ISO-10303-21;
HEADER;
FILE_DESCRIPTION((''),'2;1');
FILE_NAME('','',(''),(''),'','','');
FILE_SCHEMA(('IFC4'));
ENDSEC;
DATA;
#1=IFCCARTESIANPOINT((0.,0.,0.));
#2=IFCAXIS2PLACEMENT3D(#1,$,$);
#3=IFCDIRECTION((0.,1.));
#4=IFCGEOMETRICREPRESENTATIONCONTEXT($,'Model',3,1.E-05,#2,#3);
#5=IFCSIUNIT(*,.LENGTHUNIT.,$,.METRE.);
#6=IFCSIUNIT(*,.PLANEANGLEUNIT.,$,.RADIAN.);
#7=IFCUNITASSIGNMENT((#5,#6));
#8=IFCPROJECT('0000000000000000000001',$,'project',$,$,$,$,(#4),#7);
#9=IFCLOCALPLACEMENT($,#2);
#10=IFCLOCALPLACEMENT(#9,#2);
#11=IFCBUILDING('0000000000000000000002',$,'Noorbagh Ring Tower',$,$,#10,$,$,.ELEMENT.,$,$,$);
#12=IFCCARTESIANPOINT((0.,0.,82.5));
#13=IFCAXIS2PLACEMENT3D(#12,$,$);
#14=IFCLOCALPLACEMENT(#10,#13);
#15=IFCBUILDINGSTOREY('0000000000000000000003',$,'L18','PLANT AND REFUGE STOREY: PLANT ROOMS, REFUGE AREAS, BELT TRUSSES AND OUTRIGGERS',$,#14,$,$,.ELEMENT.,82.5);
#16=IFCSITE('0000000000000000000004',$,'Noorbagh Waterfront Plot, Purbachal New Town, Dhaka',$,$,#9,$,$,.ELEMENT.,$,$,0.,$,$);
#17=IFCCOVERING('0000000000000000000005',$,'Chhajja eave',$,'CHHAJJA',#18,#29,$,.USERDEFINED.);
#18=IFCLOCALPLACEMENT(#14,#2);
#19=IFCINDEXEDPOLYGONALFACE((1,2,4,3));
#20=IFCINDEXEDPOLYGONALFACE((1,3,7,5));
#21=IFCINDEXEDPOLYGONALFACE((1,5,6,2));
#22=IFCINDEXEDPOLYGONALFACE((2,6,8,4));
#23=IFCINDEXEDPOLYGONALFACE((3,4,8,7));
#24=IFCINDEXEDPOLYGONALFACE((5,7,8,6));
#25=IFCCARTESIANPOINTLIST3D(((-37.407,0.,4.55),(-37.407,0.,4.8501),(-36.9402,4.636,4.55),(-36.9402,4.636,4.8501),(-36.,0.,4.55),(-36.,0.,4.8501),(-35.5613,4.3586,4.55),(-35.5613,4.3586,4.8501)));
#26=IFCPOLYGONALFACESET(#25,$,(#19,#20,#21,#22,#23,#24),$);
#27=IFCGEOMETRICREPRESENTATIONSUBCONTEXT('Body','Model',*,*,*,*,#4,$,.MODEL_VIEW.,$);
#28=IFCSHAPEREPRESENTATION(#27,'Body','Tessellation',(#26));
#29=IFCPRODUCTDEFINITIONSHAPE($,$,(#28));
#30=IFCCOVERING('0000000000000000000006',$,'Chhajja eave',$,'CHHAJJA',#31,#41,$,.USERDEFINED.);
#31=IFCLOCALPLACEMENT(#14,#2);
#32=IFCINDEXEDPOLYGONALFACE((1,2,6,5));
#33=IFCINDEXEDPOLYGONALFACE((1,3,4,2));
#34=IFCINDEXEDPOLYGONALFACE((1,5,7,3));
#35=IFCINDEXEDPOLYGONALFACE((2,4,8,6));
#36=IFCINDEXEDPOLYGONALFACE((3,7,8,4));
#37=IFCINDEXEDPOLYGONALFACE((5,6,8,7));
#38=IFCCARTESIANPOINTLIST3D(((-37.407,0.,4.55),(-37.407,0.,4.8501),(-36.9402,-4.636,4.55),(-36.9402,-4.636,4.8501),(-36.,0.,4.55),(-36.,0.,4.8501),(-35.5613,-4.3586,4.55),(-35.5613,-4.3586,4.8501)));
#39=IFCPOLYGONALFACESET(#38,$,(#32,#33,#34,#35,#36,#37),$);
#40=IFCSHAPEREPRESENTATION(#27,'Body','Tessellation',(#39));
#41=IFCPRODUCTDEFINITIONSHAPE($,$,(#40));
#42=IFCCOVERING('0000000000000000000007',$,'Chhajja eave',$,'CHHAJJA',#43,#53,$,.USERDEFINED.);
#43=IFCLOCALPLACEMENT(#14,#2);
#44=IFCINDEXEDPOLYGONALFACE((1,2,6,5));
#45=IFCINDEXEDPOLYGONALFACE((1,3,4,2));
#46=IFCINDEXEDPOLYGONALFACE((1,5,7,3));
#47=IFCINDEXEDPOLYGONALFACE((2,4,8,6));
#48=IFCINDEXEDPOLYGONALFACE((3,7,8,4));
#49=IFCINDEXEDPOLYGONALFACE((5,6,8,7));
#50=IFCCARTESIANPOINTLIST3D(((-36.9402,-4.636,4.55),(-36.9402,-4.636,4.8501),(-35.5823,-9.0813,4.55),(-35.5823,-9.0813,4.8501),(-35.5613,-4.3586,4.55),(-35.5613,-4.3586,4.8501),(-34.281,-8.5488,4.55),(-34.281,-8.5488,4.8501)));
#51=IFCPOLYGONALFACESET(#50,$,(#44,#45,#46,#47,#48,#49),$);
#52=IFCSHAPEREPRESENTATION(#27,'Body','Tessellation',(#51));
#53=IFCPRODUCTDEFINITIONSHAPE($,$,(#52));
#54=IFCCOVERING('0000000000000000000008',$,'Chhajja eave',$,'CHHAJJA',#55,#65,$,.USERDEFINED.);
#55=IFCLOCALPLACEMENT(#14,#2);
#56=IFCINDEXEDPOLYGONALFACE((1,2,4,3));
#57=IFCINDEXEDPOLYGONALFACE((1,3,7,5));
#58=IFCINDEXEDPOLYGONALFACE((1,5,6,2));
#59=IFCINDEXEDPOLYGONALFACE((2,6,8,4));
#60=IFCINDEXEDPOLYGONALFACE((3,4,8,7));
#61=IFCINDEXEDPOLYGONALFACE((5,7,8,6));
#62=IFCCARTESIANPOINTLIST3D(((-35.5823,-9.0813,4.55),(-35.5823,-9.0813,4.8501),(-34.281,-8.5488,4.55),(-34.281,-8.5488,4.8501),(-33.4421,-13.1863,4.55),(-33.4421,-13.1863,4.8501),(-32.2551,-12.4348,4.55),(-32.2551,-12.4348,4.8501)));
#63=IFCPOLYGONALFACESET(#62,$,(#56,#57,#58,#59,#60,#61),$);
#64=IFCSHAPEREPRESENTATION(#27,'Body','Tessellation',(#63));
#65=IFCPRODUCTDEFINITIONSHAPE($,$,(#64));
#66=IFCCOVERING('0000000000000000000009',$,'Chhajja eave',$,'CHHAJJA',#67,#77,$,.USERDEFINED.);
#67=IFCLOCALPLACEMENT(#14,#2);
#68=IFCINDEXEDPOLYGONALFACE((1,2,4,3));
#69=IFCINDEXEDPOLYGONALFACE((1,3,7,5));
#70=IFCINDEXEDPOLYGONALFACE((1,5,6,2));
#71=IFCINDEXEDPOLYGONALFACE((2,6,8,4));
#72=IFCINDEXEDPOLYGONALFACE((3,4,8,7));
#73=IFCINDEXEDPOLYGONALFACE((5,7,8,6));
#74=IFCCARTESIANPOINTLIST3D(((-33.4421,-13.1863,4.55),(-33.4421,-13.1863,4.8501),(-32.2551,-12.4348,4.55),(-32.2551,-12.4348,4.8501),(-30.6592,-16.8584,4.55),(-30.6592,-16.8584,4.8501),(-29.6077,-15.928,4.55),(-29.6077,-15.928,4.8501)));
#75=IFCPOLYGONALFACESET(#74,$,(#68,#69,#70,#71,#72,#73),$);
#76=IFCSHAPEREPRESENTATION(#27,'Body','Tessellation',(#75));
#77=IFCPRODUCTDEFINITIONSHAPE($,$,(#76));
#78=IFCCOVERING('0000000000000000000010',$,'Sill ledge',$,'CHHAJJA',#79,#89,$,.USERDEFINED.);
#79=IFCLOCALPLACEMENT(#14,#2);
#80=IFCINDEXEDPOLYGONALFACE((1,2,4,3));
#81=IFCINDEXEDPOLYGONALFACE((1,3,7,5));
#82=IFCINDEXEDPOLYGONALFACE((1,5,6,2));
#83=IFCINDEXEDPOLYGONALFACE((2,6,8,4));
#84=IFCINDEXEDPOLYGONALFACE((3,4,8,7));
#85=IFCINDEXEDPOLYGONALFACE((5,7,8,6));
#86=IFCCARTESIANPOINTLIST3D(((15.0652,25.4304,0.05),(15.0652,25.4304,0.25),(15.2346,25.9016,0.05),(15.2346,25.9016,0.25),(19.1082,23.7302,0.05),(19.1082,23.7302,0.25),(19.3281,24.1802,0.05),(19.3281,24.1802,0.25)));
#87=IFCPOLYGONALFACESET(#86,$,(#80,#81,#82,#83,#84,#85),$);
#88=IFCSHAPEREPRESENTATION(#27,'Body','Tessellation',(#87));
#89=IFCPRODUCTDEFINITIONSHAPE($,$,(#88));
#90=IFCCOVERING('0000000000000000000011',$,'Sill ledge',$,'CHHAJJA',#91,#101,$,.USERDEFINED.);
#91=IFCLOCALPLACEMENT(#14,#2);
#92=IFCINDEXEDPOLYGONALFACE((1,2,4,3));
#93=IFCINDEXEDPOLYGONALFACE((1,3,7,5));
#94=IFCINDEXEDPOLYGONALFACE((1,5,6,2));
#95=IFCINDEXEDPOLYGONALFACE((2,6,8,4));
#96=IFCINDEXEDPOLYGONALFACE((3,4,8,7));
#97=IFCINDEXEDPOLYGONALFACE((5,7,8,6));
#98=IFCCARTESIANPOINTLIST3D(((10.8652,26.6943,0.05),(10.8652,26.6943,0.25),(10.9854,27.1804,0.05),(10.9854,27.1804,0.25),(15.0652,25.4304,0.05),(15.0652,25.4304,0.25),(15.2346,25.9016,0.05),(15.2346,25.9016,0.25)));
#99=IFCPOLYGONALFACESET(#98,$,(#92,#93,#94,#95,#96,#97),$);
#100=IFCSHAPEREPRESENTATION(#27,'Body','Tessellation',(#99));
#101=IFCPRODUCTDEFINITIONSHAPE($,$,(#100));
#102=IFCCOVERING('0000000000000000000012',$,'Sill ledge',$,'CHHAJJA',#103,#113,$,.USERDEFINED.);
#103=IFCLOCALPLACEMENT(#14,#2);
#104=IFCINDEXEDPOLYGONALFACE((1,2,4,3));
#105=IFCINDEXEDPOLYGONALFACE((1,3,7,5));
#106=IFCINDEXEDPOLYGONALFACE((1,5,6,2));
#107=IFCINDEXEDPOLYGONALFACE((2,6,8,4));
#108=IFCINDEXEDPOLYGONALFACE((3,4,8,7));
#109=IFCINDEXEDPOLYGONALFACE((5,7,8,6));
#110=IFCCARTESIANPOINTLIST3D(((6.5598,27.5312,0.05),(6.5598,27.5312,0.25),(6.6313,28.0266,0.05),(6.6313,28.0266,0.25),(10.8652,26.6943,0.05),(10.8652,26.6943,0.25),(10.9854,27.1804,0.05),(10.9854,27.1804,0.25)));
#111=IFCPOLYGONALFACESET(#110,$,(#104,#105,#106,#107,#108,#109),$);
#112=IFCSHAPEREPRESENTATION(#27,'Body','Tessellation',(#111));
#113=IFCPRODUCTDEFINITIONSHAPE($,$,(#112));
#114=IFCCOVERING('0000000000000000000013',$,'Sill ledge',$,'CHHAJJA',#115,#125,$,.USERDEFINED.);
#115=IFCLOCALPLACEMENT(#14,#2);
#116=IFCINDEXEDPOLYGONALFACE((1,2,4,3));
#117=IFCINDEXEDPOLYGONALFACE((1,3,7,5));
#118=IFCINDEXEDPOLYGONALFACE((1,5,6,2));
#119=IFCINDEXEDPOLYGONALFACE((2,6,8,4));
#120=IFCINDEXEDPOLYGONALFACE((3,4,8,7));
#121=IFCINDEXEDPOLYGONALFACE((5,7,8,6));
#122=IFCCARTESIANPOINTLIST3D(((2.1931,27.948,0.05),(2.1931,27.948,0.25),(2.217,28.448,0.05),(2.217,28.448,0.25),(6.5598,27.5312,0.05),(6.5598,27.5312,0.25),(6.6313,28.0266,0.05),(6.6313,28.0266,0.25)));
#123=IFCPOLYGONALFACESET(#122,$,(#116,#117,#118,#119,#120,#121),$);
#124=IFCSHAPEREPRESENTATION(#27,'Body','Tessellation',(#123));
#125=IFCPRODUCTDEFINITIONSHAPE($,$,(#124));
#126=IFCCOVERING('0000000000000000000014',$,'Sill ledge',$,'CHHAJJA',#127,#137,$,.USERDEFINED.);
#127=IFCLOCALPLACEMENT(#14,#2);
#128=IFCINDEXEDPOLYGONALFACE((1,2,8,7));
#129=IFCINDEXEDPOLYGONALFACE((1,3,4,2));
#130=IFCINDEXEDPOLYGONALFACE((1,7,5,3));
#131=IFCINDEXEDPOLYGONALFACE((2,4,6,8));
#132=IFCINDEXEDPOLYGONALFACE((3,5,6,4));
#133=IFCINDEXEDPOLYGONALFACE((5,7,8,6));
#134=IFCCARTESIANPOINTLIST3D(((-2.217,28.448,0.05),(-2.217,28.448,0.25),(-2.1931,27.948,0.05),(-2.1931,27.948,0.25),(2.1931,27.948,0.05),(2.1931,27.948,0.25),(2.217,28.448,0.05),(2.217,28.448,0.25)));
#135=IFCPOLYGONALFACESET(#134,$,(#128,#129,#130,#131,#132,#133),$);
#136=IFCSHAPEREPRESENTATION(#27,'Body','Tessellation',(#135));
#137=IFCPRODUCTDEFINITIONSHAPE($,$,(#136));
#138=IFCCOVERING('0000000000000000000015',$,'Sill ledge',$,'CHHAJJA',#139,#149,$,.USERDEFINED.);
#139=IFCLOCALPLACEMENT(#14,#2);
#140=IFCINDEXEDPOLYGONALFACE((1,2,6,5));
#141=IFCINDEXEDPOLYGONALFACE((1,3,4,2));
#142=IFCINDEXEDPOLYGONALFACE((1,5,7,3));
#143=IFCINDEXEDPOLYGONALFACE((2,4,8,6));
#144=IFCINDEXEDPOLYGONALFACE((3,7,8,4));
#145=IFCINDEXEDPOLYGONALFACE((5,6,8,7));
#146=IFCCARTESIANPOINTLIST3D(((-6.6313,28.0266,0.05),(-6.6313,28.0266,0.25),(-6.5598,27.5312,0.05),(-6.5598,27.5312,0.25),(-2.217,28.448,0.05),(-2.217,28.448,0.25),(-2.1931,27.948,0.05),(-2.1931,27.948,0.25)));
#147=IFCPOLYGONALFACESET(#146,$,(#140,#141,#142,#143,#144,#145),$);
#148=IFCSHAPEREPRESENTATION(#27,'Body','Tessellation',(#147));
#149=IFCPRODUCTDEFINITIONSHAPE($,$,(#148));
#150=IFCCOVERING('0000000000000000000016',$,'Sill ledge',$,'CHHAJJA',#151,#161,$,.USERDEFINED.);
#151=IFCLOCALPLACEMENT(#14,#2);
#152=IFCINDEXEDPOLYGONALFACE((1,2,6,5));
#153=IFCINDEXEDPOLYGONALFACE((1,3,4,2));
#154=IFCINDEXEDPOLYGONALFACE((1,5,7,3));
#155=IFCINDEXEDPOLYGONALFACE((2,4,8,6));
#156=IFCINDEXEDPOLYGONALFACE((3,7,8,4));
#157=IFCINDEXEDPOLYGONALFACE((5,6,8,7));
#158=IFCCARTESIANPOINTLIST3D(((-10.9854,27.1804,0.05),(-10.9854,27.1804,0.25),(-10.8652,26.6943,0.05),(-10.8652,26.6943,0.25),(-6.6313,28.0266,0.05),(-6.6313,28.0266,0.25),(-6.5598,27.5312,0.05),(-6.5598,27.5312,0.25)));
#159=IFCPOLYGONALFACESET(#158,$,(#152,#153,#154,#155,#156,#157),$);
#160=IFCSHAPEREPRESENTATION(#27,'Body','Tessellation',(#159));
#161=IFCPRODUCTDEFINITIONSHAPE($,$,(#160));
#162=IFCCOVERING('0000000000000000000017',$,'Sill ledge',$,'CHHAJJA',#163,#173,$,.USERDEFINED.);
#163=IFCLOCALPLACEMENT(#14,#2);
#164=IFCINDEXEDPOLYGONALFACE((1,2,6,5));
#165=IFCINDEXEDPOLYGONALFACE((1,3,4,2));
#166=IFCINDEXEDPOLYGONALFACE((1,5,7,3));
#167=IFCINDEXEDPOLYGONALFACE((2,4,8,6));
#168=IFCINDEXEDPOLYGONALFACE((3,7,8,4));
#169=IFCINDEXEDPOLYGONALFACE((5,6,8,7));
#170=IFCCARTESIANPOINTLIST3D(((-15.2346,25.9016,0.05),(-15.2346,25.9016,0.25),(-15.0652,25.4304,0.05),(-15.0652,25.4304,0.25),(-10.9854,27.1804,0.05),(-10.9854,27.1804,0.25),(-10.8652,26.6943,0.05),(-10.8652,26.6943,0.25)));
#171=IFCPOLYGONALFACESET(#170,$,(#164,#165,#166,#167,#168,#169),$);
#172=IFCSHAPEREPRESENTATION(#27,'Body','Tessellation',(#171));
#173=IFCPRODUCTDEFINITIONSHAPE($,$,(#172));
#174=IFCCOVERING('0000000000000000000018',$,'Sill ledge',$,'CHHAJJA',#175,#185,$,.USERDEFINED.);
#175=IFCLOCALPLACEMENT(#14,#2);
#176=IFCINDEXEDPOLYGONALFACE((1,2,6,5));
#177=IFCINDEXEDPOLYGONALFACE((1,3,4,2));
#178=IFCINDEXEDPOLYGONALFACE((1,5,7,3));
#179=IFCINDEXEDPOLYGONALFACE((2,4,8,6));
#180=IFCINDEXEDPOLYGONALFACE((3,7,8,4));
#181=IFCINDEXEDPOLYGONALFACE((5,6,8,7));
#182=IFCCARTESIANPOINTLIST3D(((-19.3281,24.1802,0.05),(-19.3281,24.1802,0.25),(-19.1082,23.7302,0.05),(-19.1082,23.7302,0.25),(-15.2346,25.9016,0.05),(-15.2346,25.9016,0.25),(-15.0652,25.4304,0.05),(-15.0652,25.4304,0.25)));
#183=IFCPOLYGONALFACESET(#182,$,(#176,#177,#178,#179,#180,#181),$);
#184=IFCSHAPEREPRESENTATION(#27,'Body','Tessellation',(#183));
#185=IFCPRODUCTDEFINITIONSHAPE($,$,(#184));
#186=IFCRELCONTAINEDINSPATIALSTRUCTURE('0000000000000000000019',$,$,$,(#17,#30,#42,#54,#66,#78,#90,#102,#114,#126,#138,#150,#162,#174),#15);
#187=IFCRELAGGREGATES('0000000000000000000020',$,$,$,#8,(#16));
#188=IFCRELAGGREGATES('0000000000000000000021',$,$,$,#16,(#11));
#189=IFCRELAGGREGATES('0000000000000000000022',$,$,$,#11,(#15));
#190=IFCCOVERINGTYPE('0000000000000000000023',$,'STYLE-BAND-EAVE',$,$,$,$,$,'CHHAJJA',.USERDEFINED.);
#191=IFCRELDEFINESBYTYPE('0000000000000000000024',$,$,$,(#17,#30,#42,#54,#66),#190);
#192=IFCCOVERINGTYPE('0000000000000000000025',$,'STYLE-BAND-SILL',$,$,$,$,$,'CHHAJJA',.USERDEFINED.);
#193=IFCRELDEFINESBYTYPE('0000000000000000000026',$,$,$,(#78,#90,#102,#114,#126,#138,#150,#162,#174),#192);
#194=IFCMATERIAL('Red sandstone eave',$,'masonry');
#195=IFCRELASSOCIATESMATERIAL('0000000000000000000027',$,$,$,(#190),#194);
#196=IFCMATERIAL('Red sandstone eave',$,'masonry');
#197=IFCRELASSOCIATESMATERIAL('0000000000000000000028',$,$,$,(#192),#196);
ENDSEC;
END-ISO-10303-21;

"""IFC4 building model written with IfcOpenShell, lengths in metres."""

from ifc_helpers import new_model, si_unit, direction, frame, origin, place, context, subcontext, project, spatial, polyline, outline, extrude, material, type_object, element, save


model = new_model("IFC4")

# Units and contexts
model_context = context("Model", 3, precision=1e-05, world=origin(), true_north=direction((0.0, 1.0)))
body_context = subcontext(model_context, "Body", "Model", "MODEL_VIEW")
ifc_project = project(units=[si_unit("LENGTHUNIT", "METRE"), si_unit("PLANEANGLEUNIT", "RADIAN")], contexts=[model_context])

# Site, building, storey
site_placement = place(None, origin())
site = spatial("IfcSite", under=ifc_project, at=site_placement, Name="Noorbagh Waterfront Plot, Purbachal New Town, Dhaka", CompositionType="ELEMENT", RefElevation=0.0)
building_placement = place(site_placement, origin())
building = spatial("IfcBuilding", under=site, at=building_placement, Name="Noorbagh Ring Tower", CompositionType="ELEMENT")
storey_placement = place(building_placement, frame((0.0, 0.0, 82.5)))
storey = spatial("IfcBuildingStorey", under=building, at=storey_placement, Name="L18", Description="PLANT AND REFUGE STOREY: PLANT ROOMS, REFUGE AREAS, BELT TRUSSES AND OUTRIGGERS", CompositionType="ELEMENT", Elevation=82.5)

# Coverings
ifc_material_1 = material(Name="Red sandstone eave", Category="masonry")
covering_type_1 = type_object("IfcCoveringType", Name="STYLE-BAND-EAVE", ElementType="CHHAJJA", PredefinedType="USERDEFINED", material=ifc_material_1)
covering_1_placement = place(storey_placement, frame((0.0, 0.0, 4.55)))
element("IfcCovering", 1, at=covering_1_placement, inside=storey, type_object=covering_type_1, Name="Chhajja eave", ObjectType="CHHAJJA", PredefinedType="USERDEFINED", context=body_context, shape_type="SweptSolid", body=[
    extrude(outline(polyline([(-35.5613, 4.3586), (-36.0, 0.0), (-37.407, 0.0), (-36.9402, 4.636), (-35.5613, 4.3586)])), origin(), (0.0, 0.0, 1.0), 0.3),
])
covering_2_placement = place(storey_placement, frame((0.0, 0.0, 4.55)))
element("IfcCovering", 2, at=covering_2_placement, inside=storey, type_object=covering_type_1, Name="Chhajja eave", ObjectType="CHHAJJA", PredefinedType="USERDEFINED", context=body_context, shape_type="SweptSolid", body=[
    extrude(outline(polyline([(-36.0, 0.0), (-35.5613, -4.3586), (-36.9402, -4.636), (-37.407, 0.0), (-36.0, 0.0)])), origin(), (0.0, 0.0, 1.0), 0.3),
])
covering_3_placement = place(storey_placement, frame((0.0, 0.0, 4.55)))
element("IfcCovering", 3, at=covering_3_placement, inside=storey, type_object=covering_type_1, Name="Chhajja eave", ObjectType="CHHAJJA", PredefinedType="USERDEFINED", context=body_context, shape_type="SweptSolid", body=[
    extrude(outline(polyline([(-35.5613, -4.3586), (-34.281, -8.5488), (-35.5823, -9.0813), (-36.9402, -4.636), (-35.5613, -4.3586)])), origin(), (0.0, 0.0, 1.0), 0.3),
])
covering_4_placement = place(storey_placement, frame((0.0, 0.0, 4.55)))
element("IfcCovering", 4, at=covering_4_placement, inside=storey, type_object=covering_type_1, Name="Chhajja eave", ObjectType="CHHAJJA", PredefinedType="USERDEFINED", context=body_context, shape_type="SweptSolid", body=[
    extrude(outline(polyline([(-34.281, -8.5488), (-32.2551, -12.4348), (-33.4421, -13.1863), (-35.5823, -9.0813), (-34.281, -8.5488)])), origin(), (0.0, 0.0, 1.0), 0.3),
])
covering_5_placement = place(storey_placement, frame((0.0, 0.0, 4.55)))
element("IfcCovering", 5, at=covering_5_placement, inside=storey, type_object=covering_type_1, Name="Chhajja eave", ObjectType="CHHAJJA", PredefinedType="USERDEFINED", context=body_context, shape_type="SweptSolid", body=[
    extrude(outline(polyline([(-32.2551, -12.4348), (-29.6077, -15.928), (-30.6592, -16.8584), (-33.4421, -13.1863), (-32.2551, -12.4348)])), origin(), (0.0, 0.0, 1.0), 0.3),
])
ifc_material_2 = material(Name="Red sandstone eave", Category="masonry")
covering_type_2 = type_object("IfcCoveringType", Name="STYLE-BAND-SILL", ElementType="CHHAJJA", PredefinedType="USERDEFINED", material=ifc_material_2)
covering_6_placement = place(storey_placement, frame((0.0, 0.0, 0.05)))
element("IfcCovering", 6, at=covering_6_placement, inside=storey, type_object=covering_type_2, Name="Sill ledge", ObjectType="CHHAJJA", PredefinedType="USERDEFINED", context=body_context, shape_type="SweptSolid", body=[
    extrude(outline(polyline([(19.1082, 23.7302), (15.0652, 25.4304), (15.2346, 25.9016), (19.3281, 24.1802), (19.1082, 23.7302)])), origin(), (0.0, 0.0, 1.0), 0.2),
])
covering_7_placement = place(storey_placement, frame((0.0, 0.0, 0.05)))
element("IfcCovering", 7, at=covering_7_placement, inside=storey, type_object=covering_type_2, Name="Sill ledge", ObjectType="CHHAJJA", PredefinedType="USERDEFINED", context=body_context, shape_type="SweptSolid", body=[
    extrude(outline(polyline([(15.0652, 25.4304), (10.8652, 26.6943), (10.9854, 27.1804), (15.2346, 25.9016), (15.0652, 25.4304)])), origin(), (0.0, 0.0, 1.0), 0.2),
])
covering_8_placement = place(storey_placement, frame((0.0, 0.0, 0.05)))
element("IfcCovering", 8, at=covering_8_placement, inside=storey, type_object=covering_type_2, Name="Sill ledge", ObjectType="CHHAJJA", PredefinedType="USERDEFINED", context=body_context, shape_type="SweptSolid", body=[
    extrude(outline(polyline([(10.8652, 26.6943), (6.5598, 27.5312), (6.6313, 28.0266), (10.9854, 27.1804), (10.8652, 26.6943)])), origin(), (0.0, 0.0, 1.0), 0.2),
])
covering_9_placement = place(storey_placement, frame((0.0, 0.0, 0.05)))
element("IfcCovering", 9, at=covering_9_placement, inside=storey, type_object=covering_type_2, Name="Sill ledge", ObjectType="CHHAJJA", PredefinedType="USERDEFINED", context=body_context, shape_type="SweptSolid", body=[
    extrude(outline(polyline([(6.5598, 27.5312), (2.1931, 27.948), (2.217, 28.448), (6.6313, 28.0266), (6.5598, 27.5312)])), origin(), (0.0, 0.0, 1.0), 0.2),
])
covering_10_placement = place(storey_placement, frame((0.0, 0.0, 0.05)))
element("IfcCovering", 10, at=covering_10_placement, inside=storey, type_object=covering_type_2, Name="Sill ledge", ObjectType="CHHAJJA", PredefinedType="USERDEFINED", context=body_context, shape_type="SweptSolid", body=[
    extrude(outline(polyline([(2.1931, 27.948), (-2.1931, 27.948), (-2.217, 28.448), (2.217, 28.448), (2.1931, 27.948)])), origin(), (0.0, 0.0, 1.0), 0.2),
])
covering_11_placement = place(storey_placement, frame((0.0, 0.0, 0.05)))
element("IfcCovering", 11, at=covering_11_placement, inside=storey, type_object=covering_type_2, Name="Sill ledge", ObjectType="CHHAJJA", PredefinedType="USERDEFINED", context=body_context, shape_type="SweptSolid", body=[
    extrude(outline(polyline([(-2.1931, 27.948), (-6.5598, 27.5312), (-6.6313, 28.0266), (-2.217, 28.448), (-2.1931, 27.948)])), origin(), (0.0, 0.0, 1.0), 0.2),
])
covering_12_placement = place(storey_placement, frame((0.0, 0.0, 0.05)))
element("IfcCovering", 12, at=covering_12_placement, inside=storey, type_object=covering_type_2, Name="Sill ledge", ObjectType="CHHAJJA", PredefinedType="USERDEFINED", context=body_context, shape_type="SweptSolid", body=[
    extrude(outline(polyline([(-6.5598, 27.5312), (-10.8652, 26.6943), (-10.9854, 27.1804), (-6.6313, 28.0266), (-6.5598, 27.5312)])), origin(), (0.0, 0.0, 1.0), 0.2),
])
covering_13_placement = place(storey_placement, frame((0.0, 0.0, 0.05)))
element("IfcCovering", 13, at=covering_13_placement, inside=storey, type_object=covering_type_2, Name="Sill ledge", ObjectType="CHHAJJA", PredefinedType="USERDEFINED", context=body_context, shape_type="SweptSolid", body=[
    extrude(outline(polyline([(-10.8652, 26.6943), (-15.0652, 25.4304), (-15.2346, 25.9016), (-10.9854, 27.1804), (-10.8652, 26.6943)])), origin(), (0.0, 0.0, 1.0), 0.2),
])
covering_14_placement = place(storey_placement, frame((0.0, 0.0, 0.05)))
element("IfcCovering", 14, at=covering_14_placement, inside=storey, type_object=covering_type_2, Name="Sill ledge", ObjectType="CHHAJJA", PredefinedType="USERDEFINED", context=body_context, shape_type="SweptSolid", body=[
    extrude(outline(polyline([(-15.0652, 25.4304), (-19.1082, 23.7302), (-19.3281, 24.1802), (-15.2346, 25.9016), (-15.0652, 25.4304)])), origin(), (0.0, 0.0, 1.0), 0.2),
])

save(model, "model.ifc")
